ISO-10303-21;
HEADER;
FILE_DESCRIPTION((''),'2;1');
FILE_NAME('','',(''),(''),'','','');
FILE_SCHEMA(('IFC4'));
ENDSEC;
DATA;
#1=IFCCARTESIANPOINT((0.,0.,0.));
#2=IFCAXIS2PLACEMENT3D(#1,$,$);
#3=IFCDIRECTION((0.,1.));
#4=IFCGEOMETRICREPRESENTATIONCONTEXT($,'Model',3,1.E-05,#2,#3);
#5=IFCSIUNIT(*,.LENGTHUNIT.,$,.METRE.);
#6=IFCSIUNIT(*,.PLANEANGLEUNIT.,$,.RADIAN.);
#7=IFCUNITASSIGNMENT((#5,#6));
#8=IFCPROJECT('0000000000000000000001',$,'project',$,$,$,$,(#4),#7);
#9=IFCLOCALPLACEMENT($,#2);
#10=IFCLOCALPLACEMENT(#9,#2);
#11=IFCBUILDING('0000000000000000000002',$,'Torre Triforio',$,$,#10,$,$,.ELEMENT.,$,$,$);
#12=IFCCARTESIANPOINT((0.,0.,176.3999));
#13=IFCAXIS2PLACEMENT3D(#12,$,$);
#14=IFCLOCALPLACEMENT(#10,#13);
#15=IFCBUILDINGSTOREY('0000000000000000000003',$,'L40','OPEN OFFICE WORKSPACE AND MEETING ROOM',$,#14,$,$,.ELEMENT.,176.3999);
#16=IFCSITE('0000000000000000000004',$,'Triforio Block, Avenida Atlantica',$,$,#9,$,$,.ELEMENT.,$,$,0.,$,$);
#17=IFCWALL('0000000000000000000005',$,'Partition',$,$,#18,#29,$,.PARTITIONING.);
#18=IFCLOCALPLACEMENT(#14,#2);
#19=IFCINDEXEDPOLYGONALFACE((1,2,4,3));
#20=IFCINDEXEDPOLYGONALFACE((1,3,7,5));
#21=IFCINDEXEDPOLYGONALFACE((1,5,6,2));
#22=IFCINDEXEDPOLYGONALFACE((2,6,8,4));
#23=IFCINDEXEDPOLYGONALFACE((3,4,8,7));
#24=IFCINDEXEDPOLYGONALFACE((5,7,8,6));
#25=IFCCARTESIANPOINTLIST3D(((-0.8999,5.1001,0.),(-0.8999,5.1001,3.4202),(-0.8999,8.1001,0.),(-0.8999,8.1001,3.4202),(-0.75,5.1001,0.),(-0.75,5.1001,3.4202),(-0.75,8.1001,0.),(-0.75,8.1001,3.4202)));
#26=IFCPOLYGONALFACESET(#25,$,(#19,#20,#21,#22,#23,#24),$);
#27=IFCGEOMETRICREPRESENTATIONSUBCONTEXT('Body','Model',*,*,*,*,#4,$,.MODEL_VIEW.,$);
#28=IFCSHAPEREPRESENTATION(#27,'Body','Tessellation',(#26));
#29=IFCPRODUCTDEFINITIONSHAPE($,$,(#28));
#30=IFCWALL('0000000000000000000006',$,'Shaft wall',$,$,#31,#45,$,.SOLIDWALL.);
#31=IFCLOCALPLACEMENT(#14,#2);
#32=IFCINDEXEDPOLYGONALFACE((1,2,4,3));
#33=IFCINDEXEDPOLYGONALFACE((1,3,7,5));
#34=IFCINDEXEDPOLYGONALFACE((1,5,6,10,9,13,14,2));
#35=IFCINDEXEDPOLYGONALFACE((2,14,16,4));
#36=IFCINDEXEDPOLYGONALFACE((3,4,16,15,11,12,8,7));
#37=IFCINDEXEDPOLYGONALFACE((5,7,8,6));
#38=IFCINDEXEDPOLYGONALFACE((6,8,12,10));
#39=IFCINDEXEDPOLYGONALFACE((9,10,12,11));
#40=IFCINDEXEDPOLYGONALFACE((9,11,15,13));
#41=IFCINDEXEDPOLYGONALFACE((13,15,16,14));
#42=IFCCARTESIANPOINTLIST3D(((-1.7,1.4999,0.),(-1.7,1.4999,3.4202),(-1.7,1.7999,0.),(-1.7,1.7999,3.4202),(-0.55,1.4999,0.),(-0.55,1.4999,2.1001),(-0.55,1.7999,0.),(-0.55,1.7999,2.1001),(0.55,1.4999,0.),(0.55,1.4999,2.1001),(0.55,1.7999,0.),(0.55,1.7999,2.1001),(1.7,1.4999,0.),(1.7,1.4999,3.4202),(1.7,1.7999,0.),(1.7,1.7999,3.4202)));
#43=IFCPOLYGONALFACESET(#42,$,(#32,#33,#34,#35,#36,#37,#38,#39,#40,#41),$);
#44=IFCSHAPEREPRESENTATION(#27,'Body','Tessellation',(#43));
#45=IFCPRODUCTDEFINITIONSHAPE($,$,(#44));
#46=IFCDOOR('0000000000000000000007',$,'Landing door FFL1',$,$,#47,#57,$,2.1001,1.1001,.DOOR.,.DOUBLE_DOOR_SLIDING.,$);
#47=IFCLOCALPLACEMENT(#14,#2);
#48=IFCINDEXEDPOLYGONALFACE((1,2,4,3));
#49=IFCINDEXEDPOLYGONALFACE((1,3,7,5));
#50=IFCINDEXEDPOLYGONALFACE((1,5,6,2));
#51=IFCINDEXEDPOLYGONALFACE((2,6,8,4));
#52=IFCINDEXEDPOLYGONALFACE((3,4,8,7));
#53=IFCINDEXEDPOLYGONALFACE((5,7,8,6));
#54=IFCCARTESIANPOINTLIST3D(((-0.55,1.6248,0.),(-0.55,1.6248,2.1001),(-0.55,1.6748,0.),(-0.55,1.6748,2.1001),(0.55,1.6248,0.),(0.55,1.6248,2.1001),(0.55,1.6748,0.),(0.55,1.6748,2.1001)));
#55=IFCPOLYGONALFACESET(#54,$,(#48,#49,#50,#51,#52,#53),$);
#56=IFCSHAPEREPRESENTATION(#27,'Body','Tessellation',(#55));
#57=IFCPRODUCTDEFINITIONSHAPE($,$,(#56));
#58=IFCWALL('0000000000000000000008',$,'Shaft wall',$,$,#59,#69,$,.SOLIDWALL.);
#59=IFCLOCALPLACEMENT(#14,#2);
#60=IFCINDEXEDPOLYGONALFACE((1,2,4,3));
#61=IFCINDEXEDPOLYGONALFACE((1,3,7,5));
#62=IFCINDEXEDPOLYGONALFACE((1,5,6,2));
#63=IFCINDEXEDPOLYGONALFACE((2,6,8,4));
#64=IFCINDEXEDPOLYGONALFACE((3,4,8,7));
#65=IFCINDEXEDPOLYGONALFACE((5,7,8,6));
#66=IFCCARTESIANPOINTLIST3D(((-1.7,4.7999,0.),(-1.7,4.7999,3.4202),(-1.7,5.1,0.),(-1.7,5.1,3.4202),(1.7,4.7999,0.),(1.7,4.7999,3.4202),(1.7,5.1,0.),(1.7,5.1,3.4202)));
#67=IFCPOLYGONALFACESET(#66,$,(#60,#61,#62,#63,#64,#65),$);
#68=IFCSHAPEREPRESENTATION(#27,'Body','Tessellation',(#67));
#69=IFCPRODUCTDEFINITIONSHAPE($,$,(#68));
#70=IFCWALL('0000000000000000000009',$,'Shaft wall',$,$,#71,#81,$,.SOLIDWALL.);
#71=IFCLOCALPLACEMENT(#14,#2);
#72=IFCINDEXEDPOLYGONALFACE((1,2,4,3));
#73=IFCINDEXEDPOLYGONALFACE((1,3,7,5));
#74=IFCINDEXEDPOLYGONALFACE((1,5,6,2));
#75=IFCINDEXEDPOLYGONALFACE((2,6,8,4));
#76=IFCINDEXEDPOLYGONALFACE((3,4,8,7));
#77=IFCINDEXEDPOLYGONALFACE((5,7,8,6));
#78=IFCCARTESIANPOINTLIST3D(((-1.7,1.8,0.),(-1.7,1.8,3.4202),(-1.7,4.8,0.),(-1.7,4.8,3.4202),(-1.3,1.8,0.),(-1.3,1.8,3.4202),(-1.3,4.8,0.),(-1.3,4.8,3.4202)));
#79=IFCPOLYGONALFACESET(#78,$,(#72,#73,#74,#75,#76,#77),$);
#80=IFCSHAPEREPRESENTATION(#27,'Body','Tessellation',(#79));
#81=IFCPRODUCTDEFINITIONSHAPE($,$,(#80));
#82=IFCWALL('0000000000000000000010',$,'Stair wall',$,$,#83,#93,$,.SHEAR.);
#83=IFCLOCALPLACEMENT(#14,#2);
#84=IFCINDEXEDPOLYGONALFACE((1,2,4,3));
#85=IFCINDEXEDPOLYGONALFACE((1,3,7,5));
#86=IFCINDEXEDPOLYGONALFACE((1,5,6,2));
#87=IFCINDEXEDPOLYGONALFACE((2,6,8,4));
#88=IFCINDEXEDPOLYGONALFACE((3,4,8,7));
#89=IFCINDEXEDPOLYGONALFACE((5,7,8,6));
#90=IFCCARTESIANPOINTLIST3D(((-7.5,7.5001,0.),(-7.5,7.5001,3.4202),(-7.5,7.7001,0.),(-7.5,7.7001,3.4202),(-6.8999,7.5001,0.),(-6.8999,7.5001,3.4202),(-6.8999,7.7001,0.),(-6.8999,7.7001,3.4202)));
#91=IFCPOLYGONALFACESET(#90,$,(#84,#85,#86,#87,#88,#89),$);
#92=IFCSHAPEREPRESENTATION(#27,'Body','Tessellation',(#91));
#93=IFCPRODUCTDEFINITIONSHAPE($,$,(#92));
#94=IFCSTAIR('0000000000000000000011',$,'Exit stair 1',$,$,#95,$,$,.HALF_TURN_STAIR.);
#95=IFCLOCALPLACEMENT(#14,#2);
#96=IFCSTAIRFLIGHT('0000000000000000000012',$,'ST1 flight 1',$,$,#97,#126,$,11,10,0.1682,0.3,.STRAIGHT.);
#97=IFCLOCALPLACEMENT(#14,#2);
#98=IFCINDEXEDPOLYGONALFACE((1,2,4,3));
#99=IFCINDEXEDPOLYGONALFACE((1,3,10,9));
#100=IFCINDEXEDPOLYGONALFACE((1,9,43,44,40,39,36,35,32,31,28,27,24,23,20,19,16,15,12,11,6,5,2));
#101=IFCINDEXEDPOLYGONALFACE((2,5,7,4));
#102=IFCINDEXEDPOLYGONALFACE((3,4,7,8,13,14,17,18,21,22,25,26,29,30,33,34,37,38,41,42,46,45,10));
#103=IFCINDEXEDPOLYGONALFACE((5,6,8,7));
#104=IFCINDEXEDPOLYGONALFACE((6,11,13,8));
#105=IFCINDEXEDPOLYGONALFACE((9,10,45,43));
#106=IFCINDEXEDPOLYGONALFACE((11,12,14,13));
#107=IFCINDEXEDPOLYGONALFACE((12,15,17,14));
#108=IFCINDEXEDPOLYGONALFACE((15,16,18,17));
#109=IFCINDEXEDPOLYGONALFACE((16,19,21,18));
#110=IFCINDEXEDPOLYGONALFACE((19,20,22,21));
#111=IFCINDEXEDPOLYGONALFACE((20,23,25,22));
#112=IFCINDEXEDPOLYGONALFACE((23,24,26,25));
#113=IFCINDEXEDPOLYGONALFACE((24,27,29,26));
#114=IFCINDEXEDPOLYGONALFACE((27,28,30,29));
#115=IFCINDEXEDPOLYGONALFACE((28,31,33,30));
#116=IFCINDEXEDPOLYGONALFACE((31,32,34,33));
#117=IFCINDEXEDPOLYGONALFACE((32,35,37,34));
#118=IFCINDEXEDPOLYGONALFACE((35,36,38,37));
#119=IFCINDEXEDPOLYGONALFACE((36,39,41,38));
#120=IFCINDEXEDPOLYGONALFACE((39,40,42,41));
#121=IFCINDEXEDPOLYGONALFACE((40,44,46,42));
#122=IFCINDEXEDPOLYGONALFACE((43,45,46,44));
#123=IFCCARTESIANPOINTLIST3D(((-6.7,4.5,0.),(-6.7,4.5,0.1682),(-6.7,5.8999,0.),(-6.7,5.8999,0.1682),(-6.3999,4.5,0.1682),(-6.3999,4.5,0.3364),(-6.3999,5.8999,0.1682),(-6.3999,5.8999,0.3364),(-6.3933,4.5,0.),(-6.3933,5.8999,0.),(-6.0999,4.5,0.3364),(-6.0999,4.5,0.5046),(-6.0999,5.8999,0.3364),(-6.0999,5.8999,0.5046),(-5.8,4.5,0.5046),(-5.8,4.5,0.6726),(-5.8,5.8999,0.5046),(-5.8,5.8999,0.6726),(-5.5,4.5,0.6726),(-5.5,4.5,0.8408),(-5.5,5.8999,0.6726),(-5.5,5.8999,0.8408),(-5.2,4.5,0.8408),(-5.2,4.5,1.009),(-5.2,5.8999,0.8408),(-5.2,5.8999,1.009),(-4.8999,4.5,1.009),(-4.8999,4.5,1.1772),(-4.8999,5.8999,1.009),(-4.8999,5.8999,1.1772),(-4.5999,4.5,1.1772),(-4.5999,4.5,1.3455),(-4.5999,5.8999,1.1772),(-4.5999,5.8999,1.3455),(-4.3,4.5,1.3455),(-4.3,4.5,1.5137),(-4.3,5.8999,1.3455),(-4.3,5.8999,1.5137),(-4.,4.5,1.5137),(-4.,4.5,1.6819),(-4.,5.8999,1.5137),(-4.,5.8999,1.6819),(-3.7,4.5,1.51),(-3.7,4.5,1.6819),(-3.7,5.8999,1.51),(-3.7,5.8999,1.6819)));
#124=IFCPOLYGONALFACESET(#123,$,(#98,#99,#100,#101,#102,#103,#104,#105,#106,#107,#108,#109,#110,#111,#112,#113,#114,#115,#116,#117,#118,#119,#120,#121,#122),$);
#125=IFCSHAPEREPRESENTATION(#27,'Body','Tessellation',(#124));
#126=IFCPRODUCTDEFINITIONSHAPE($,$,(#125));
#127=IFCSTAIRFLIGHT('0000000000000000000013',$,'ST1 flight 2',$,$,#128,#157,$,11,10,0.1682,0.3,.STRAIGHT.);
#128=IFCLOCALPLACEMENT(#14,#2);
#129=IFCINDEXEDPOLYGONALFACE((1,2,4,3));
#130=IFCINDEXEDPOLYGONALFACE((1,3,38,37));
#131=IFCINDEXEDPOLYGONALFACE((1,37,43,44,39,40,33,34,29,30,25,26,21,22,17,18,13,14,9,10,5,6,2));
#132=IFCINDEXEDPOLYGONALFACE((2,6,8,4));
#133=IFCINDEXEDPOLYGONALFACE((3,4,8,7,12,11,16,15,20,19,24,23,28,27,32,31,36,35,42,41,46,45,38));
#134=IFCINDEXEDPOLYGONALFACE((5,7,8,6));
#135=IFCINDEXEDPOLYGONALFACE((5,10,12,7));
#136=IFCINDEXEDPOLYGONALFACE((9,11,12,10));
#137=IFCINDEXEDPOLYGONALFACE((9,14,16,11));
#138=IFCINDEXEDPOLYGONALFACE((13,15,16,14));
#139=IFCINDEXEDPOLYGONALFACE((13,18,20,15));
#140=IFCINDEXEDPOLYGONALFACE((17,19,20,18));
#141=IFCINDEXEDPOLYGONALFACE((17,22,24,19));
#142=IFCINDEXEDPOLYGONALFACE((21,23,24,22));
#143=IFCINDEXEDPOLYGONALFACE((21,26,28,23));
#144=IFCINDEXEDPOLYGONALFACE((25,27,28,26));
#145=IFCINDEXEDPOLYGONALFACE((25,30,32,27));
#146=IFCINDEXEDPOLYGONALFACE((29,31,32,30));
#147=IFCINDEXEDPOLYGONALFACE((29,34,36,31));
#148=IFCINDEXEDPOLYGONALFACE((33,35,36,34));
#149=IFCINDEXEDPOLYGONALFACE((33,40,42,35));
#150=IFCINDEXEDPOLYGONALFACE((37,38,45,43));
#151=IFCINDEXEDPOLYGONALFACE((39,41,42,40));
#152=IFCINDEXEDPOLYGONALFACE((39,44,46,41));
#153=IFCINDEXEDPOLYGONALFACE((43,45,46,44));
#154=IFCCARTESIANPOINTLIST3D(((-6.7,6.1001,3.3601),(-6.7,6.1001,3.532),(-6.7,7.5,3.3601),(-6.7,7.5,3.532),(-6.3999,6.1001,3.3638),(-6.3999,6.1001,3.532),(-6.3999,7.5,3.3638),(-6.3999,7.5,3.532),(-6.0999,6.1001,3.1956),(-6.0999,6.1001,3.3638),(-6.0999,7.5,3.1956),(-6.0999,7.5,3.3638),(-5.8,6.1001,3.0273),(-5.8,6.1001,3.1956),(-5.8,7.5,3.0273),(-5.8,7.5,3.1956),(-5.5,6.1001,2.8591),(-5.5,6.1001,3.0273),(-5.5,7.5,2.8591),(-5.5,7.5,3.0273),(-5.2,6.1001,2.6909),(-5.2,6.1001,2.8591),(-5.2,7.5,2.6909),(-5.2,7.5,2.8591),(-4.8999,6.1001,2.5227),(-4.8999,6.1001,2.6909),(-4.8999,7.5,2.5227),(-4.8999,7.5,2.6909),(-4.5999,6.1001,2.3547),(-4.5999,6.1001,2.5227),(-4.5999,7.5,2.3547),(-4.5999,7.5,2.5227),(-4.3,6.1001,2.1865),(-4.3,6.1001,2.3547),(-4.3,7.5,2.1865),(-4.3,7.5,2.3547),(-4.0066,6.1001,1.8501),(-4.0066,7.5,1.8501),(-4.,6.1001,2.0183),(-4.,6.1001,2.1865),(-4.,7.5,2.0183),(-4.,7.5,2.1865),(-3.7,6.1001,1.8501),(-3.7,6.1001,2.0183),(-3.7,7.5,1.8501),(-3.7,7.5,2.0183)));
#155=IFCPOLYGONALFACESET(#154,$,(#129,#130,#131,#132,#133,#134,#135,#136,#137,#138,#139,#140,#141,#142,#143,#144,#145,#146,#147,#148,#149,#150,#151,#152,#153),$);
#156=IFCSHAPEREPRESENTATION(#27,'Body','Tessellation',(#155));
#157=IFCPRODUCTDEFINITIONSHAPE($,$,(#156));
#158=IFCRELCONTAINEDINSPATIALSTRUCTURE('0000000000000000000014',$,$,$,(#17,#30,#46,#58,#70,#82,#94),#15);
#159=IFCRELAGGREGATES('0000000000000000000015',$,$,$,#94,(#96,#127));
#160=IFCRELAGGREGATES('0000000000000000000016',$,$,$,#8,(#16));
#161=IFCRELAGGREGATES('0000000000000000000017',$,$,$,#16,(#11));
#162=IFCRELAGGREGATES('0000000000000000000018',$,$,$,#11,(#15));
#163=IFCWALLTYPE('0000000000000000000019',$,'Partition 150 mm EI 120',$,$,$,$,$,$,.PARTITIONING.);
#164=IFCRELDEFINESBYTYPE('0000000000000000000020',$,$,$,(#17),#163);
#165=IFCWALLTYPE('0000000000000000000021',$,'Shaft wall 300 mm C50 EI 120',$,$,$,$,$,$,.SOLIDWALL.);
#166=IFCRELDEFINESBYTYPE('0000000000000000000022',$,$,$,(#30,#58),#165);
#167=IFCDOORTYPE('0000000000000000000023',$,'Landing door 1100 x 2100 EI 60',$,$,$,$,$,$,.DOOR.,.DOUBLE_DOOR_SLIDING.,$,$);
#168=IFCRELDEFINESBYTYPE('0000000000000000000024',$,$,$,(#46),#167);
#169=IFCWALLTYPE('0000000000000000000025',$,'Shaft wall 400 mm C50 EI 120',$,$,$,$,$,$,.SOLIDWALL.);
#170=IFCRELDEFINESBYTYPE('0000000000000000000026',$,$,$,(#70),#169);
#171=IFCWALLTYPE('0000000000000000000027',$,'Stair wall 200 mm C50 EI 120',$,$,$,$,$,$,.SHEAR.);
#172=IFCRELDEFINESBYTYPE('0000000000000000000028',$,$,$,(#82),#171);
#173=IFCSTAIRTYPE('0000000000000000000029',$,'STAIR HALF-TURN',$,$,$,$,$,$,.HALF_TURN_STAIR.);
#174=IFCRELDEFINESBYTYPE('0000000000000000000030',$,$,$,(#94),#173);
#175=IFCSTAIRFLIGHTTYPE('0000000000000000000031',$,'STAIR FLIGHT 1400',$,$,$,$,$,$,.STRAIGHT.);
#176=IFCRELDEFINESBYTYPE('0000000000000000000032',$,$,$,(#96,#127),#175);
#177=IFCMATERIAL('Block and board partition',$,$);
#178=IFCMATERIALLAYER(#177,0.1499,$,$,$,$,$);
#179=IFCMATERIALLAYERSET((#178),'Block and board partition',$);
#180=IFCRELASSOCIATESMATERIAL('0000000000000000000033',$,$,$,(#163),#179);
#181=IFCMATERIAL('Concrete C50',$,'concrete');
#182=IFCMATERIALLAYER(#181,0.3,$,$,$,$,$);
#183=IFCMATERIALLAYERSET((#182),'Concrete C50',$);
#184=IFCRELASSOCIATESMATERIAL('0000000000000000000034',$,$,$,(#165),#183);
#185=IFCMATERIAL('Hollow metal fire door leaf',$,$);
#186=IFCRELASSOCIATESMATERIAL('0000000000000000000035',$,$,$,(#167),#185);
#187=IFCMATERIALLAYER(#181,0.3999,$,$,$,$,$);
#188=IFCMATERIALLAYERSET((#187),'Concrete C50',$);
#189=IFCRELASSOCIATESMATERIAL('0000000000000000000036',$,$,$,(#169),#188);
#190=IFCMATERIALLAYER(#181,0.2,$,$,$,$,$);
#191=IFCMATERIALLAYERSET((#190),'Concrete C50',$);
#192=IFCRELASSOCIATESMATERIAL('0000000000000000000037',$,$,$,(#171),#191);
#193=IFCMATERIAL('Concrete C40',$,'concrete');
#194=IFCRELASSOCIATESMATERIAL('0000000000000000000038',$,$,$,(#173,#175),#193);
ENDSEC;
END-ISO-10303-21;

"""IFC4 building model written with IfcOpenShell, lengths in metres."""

from ifc_helpers import new_model, si_unit, direction, frame, frame_2d, origin, place, context, subcontext, project, spatial, polyline, rectangle, outline, extrude, material, layer, layer_set, type_object, element, fill, aggregate, save


model = new_model("IFC4")

# Units and contexts
model_context = context("Model", 3, precision=1e-05, world=origin(), true_north=direction((0.0, 1.0)))
body_context = subcontext(model_context, "Body", "Model", "MODEL_VIEW")
ifc_project = project(units=[si_unit("LENGTHUNIT", "METRE"), si_unit("PLANEANGLEUNIT", "RADIAN")], contexts=[model_context])

# Site, building, storey
site_placement = place(None, origin())
site = spatial("IfcSite", under=ifc_project, at=site_placement, Name="Triforio Block, Avenida Atlantica", CompositionType="ELEMENT", RefElevation=0.0)
building_placement = place(site_placement, origin())
building = spatial("IfcBuilding", under=site, at=building_placement, Name="Torre Triforio", CompositionType="ELEMENT")
storey_placement = place(building_placement, frame((0.0, 0.0, 176.3999)))
storey = spatial("IfcBuildingStorey", under=building, at=storey_placement, Name="L40", Description="OPEN OFFICE WORKSPACE AND MEETING ROOM", CompositionType="ELEMENT", Elevation=176.3999)

# Shared definitions
ifc_material_1 = material(Name="Concrete C40", Category="concrete")

# Wall
ifc_material_2 = material(Name="Concrete C50", Category="concrete")
ifc_material_3 = material(Name="Block and board partition")
ifc_layer_1 = layer(ifc_material_3, 0.1499)
ifc_layer_set_1 = layer_set([ifc_layer_1], Name="Block and board partition")
wall_type_1 = type_object("IfcWallType", Name="Partition 150 mm EI 120", PredefinedType="PARTITIONING", material=ifc_layer_set_1)
wall_1_placement = place(storey_placement, frame((-0.825, 5.1001, 0.0), z_axis=(0.0, 0.0, 1.0), x_axis=(0.0, 1.0, 0.0)))
element("IfcWall", 1, at=wall_1_placement, inside=storey, type_object=wall_type_1, Name="Partition", PredefinedType="PARTITIONING", context=body_context, shape_type="SweptSolid", body=[
    extrude(rectangle(XDim=3.0, YDim=0.1499, at=frame_2d((1.5, 0.0))), origin(), (0.0, 0.0, 1.0), 3.4202),
])

# Wall, opening, door
ifc_layer_2 = layer(ifc_material_2, 0.3)
ifc_layer_set_2 = layer_set([ifc_layer_2], Name="Concrete C50")
wall_type_2 = type_object("IfcWallType", Name="Shaft wall 300 mm C50 EI 120", PredefinedType="SOLIDWALL", material=ifc_layer_set_2)
wall_2_placement = place(storey_placement, frame((-1.7, 1.6499, 0.0), z_axis=(0.0, 0.0, 1.0), x_axis=(1.0, 0.0, 0.0)))
wall_2 = element("IfcWall", 2, at=wall_2_placement, inside=storey, type_object=wall_type_2, Name="Shaft wall", PredefinedType="SOLIDWALL", context=body_context, shape_type="SweptSolid", body=[
    extrude(rectangle(XDim=3.3999, YDim=0.3, at=frame_2d((1.7, 0.0))), origin(), (0.0, 0.0, 1.0), 3.4202),
])
opening_placement = place(wall_2_placement, frame((1.1499, 0.0, 0.0)))
opening = element("IfcOpeningElement", 3, at=opening_placement, cuts=wall_2, PredefinedType="OPENING", context=body_context, shape_type="SweptSolid", body=[
    extrude(rectangle(XDim=1.1001, YDim=2.1001, at=frame_2d((0.55, 1.05))), frame((0.0, 0.1599, 0.0), z_axis=(0.0, -1.0, 0.0), x_axis=(1.0, 0.0, 0.0)), (0.0, 0.0, 1.0), 0.3201),
])
ifc_material_4 = material(Name="Hollow metal fire door leaf")
door_type = type_object("IfcDoorType", Name="Landing door 1100 x 2100 EI 60", OperationType="DOUBLE_DOOR_SLIDING", PredefinedType="DOOR", material=ifc_material_4)
door_placement = place(opening_placement, origin())
door = element("IfcDoor", 4, at=door_placement, inside=storey, type_object=door_type, Name="Landing door FFL1", OperationType="DOUBLE_DOOR_SLIDING", OverallHeight=2.1001, OverallWidth=1.1001, PredefinedType="DOOR", context=body_context, shape_type="SweptSolid", body=[
    extrude(rectangle(XDim=1.1001, YDim=2.1001, at=frame_2d((0.55, 1.05))), frame((0.0, 0.0249, 0.0), z_axis=(0.0, -1.0, 0.0), x_axis=(1.0, 0.0, 0.0)), (0.0, 0.0, 1.0), 0.05),
])
fill(opening, door)

# Walls
wall_3_placement = place(storey_placement, frame((-1.7, 4.95, 0.0), z_axis=(0.0, 0.0, 1.0), x_axis=(1.0, 0.0, 0.0)))
element("IfcWall", 5, at=wall_3_placement, inside=storey, type_object=wall_type_2, Name="Shaft wall", PredefinedType="SOLIDWALL", context=body_context, shape_type="SweptSolid", body=[
    extrude(rectangle(XDim=3.3999, YDim=0.3, at=frame_2d((1.7, 0.0))), origin(), (0.0, 0.0, 1.0), 3.4202),
])
ifc_layer_3 = layer(ifc_material_2, 0.3999)
ifc_layer_set_3 = layer_set([ifc_layer_3], Name="Concrete C50")
wall_type_3 = type_object("IfcWallType", Name="Shaft wall 400 mm C50 EI 120", PredefinedType="SOLIDWALL", material=ifc_layer_set_3)
wall_4_placement = place(storey_placement, frame((-1.5, 1.8, 0.0), z_axis=(0.0, 0.0, 1.0), x_axis=(0.0, 1.0, 0.0)))
element("IfcWall", 6, at=wall_4_placement, inside=storey, type_object=wall_type_3, Name="Shaft wall", PredefinedType="SOLIDWALL", context=body_context, shape_type="SweptSolid", body=[
    extrude(rectangle(XDim=3.0, YDim=0.3999, at=frame_2d((1.5, 0.0))), origin(), (0.0, 0.0, 1.0), 3.4202),
])
ifc_layer_4 = layer(ifc_material_2, 0.2)
ifc_layer_set_4 = layer_set([ifc_layer_4], Name="Concrete C50")
wall_type_4 = type_object("IfcWallType", Name="Stair wall 200 mm C50 EI 120", PredefinedType="SHEAR", material=ifc_layer_set_4)
wall_5_placement = place(storey_placement, frame((-7.5, 7.6001, 0.0), z_axis=(0.0, 0.0, 1.0), x_axis=(1.0, 0.0, 0.0)))
element("IfcWall", 7, at=wall_5_placement, inside=storey, type_object=wall_type_4, Name="Stair wall", PredefinedType="SHEAR", context=body_context, shape_type="SweptSolid", body=[
    extrude(rectangle(XDim=0.6001, YDim=0.2, at=frame_2d((0.3, 0.0))), origin(), (0.0, 0.0, 1.0), 3.4202),
])

# Stair, stair flights
stair_type = type_object("IfcStairType", Name="STAIR HALF-TURN", PredefinedType="HALF_TURN_STAIR", material=ifc_material_1)
stair_placement = place(storey_placement, origin())
stair = element("IfcStair", 8, at=stair_placement, inside=storey, type_object=stair_type, Name="Exit stair 1", PredefinedType="HALF_TURN_STAIR")
stair_flight_type = type_object("IfcStairFlightType", Name="STAIR FLIGHT 1400", PredefinedType="STRAIGHT", material=ifc_material_1)
stair_flight_1_placement = place(storey_placement, frame((-6.7, 5.2, 0.0), z_axis=(0.0, 0.0, 1.0), x_axis=(1.0, 0.0, 0.0)))
stair_flight_1 = element("IfcStairFlight", 9, at=stair_flight_1_placement, type_object=stair_flight_type, Name="ST1 flight 1", NumberOfRisers=11, NumberOfTreads=10, PredefinedType="STRAIGHT", RiserHeight=0.1682, TreadLength=0.3, context=body_context, shape_type="SweptSolid", body=[
    extrude(outline(polyline([(0.0, 0.0), (0.0, 0.1682), (0.3, 0.1682), (0.3, 0.3364), (0.6001, 0.3364), (0.6001, 0.5046), (0.8999, 0.5046), (0.8999, 0.6726), (1.2, 0.6726), (1.2, 0.8408), (1.5, 0.8408), (1.5, 1.009), (1.8, 1.009), (1.8, 1.1772), (2.1001, 1.1772), (2.1001, 1.3455), (2.3999, 1.3455), (2.3999, 1.5137), (2.7, 1.5137), (2.7, 1.6819), (3.0, 1.6819), (3.0, 1.8501), (3.0, 1.51), (0.3066, 0.0), (0.0, 0.0)])), frame((0.0, 0.7, 0.0), z_axis=(0.0, -1.0, 0.0), x_axis=(1.0, 0.0, 0.0)), (0.0, 0.0, 1.0), 1.3999),
])
stair_flight_2_placement = place(storey_placement, frame((-3.7, 6.8, 1.8501), z_axis=(0.0, 0.0, 1.0), x_axis=(-1.0, 0.0, 0.0)))
stair_flight_2 = element("IfcStairFlight", 10, at=stair_flight_2_placement, type_object=stair_flight_type, Name="ST1 flight 2", NumberOfRisers=11, NumberOfTreads=10, PredefinedType="STRAIGHT", RiserHeight=0.1682, TreadLength=0.3, context=body_context, shape_type="SweptSolid", body=[
    extrude(outline(polyline([(0.0, 0.0), (0.0, 0.1682), (0.3, 0.1682), (0.3, 0.3364), (0.6001, 0.3364), (0.6001, 0.5046), (0.8999, 0.5046), (0.8999, 0.6726), (1.2, 0.6726), (1.2, 0.8408), (1.5, 0.8408), (1.5, 1.009), (1.8, 1.009), (1.8, 1.1772), (2.1001, 1.1772), (2.1001, 1.3455), (2.3999, 1.3455), (2.3999, 1.5137), (2.7, 1.5137), (2.7, 1.6819), (3.0, 1.6819), (3.0, 1.8501), (3.0, 1.51), (0.3066, 0.0), (0.0, 0.0)])), frame((0.0, 0.7, 0.0), z_axis=(0.0, -1.0, 0.0), x_axis=(1.0, 0.0, 0.0)), (0.0, 0.0, 1.0), 1.3999),
])
aggregate(stair, [stair_flight_1, stair_flight_2])

save(model, "model.ifc")
